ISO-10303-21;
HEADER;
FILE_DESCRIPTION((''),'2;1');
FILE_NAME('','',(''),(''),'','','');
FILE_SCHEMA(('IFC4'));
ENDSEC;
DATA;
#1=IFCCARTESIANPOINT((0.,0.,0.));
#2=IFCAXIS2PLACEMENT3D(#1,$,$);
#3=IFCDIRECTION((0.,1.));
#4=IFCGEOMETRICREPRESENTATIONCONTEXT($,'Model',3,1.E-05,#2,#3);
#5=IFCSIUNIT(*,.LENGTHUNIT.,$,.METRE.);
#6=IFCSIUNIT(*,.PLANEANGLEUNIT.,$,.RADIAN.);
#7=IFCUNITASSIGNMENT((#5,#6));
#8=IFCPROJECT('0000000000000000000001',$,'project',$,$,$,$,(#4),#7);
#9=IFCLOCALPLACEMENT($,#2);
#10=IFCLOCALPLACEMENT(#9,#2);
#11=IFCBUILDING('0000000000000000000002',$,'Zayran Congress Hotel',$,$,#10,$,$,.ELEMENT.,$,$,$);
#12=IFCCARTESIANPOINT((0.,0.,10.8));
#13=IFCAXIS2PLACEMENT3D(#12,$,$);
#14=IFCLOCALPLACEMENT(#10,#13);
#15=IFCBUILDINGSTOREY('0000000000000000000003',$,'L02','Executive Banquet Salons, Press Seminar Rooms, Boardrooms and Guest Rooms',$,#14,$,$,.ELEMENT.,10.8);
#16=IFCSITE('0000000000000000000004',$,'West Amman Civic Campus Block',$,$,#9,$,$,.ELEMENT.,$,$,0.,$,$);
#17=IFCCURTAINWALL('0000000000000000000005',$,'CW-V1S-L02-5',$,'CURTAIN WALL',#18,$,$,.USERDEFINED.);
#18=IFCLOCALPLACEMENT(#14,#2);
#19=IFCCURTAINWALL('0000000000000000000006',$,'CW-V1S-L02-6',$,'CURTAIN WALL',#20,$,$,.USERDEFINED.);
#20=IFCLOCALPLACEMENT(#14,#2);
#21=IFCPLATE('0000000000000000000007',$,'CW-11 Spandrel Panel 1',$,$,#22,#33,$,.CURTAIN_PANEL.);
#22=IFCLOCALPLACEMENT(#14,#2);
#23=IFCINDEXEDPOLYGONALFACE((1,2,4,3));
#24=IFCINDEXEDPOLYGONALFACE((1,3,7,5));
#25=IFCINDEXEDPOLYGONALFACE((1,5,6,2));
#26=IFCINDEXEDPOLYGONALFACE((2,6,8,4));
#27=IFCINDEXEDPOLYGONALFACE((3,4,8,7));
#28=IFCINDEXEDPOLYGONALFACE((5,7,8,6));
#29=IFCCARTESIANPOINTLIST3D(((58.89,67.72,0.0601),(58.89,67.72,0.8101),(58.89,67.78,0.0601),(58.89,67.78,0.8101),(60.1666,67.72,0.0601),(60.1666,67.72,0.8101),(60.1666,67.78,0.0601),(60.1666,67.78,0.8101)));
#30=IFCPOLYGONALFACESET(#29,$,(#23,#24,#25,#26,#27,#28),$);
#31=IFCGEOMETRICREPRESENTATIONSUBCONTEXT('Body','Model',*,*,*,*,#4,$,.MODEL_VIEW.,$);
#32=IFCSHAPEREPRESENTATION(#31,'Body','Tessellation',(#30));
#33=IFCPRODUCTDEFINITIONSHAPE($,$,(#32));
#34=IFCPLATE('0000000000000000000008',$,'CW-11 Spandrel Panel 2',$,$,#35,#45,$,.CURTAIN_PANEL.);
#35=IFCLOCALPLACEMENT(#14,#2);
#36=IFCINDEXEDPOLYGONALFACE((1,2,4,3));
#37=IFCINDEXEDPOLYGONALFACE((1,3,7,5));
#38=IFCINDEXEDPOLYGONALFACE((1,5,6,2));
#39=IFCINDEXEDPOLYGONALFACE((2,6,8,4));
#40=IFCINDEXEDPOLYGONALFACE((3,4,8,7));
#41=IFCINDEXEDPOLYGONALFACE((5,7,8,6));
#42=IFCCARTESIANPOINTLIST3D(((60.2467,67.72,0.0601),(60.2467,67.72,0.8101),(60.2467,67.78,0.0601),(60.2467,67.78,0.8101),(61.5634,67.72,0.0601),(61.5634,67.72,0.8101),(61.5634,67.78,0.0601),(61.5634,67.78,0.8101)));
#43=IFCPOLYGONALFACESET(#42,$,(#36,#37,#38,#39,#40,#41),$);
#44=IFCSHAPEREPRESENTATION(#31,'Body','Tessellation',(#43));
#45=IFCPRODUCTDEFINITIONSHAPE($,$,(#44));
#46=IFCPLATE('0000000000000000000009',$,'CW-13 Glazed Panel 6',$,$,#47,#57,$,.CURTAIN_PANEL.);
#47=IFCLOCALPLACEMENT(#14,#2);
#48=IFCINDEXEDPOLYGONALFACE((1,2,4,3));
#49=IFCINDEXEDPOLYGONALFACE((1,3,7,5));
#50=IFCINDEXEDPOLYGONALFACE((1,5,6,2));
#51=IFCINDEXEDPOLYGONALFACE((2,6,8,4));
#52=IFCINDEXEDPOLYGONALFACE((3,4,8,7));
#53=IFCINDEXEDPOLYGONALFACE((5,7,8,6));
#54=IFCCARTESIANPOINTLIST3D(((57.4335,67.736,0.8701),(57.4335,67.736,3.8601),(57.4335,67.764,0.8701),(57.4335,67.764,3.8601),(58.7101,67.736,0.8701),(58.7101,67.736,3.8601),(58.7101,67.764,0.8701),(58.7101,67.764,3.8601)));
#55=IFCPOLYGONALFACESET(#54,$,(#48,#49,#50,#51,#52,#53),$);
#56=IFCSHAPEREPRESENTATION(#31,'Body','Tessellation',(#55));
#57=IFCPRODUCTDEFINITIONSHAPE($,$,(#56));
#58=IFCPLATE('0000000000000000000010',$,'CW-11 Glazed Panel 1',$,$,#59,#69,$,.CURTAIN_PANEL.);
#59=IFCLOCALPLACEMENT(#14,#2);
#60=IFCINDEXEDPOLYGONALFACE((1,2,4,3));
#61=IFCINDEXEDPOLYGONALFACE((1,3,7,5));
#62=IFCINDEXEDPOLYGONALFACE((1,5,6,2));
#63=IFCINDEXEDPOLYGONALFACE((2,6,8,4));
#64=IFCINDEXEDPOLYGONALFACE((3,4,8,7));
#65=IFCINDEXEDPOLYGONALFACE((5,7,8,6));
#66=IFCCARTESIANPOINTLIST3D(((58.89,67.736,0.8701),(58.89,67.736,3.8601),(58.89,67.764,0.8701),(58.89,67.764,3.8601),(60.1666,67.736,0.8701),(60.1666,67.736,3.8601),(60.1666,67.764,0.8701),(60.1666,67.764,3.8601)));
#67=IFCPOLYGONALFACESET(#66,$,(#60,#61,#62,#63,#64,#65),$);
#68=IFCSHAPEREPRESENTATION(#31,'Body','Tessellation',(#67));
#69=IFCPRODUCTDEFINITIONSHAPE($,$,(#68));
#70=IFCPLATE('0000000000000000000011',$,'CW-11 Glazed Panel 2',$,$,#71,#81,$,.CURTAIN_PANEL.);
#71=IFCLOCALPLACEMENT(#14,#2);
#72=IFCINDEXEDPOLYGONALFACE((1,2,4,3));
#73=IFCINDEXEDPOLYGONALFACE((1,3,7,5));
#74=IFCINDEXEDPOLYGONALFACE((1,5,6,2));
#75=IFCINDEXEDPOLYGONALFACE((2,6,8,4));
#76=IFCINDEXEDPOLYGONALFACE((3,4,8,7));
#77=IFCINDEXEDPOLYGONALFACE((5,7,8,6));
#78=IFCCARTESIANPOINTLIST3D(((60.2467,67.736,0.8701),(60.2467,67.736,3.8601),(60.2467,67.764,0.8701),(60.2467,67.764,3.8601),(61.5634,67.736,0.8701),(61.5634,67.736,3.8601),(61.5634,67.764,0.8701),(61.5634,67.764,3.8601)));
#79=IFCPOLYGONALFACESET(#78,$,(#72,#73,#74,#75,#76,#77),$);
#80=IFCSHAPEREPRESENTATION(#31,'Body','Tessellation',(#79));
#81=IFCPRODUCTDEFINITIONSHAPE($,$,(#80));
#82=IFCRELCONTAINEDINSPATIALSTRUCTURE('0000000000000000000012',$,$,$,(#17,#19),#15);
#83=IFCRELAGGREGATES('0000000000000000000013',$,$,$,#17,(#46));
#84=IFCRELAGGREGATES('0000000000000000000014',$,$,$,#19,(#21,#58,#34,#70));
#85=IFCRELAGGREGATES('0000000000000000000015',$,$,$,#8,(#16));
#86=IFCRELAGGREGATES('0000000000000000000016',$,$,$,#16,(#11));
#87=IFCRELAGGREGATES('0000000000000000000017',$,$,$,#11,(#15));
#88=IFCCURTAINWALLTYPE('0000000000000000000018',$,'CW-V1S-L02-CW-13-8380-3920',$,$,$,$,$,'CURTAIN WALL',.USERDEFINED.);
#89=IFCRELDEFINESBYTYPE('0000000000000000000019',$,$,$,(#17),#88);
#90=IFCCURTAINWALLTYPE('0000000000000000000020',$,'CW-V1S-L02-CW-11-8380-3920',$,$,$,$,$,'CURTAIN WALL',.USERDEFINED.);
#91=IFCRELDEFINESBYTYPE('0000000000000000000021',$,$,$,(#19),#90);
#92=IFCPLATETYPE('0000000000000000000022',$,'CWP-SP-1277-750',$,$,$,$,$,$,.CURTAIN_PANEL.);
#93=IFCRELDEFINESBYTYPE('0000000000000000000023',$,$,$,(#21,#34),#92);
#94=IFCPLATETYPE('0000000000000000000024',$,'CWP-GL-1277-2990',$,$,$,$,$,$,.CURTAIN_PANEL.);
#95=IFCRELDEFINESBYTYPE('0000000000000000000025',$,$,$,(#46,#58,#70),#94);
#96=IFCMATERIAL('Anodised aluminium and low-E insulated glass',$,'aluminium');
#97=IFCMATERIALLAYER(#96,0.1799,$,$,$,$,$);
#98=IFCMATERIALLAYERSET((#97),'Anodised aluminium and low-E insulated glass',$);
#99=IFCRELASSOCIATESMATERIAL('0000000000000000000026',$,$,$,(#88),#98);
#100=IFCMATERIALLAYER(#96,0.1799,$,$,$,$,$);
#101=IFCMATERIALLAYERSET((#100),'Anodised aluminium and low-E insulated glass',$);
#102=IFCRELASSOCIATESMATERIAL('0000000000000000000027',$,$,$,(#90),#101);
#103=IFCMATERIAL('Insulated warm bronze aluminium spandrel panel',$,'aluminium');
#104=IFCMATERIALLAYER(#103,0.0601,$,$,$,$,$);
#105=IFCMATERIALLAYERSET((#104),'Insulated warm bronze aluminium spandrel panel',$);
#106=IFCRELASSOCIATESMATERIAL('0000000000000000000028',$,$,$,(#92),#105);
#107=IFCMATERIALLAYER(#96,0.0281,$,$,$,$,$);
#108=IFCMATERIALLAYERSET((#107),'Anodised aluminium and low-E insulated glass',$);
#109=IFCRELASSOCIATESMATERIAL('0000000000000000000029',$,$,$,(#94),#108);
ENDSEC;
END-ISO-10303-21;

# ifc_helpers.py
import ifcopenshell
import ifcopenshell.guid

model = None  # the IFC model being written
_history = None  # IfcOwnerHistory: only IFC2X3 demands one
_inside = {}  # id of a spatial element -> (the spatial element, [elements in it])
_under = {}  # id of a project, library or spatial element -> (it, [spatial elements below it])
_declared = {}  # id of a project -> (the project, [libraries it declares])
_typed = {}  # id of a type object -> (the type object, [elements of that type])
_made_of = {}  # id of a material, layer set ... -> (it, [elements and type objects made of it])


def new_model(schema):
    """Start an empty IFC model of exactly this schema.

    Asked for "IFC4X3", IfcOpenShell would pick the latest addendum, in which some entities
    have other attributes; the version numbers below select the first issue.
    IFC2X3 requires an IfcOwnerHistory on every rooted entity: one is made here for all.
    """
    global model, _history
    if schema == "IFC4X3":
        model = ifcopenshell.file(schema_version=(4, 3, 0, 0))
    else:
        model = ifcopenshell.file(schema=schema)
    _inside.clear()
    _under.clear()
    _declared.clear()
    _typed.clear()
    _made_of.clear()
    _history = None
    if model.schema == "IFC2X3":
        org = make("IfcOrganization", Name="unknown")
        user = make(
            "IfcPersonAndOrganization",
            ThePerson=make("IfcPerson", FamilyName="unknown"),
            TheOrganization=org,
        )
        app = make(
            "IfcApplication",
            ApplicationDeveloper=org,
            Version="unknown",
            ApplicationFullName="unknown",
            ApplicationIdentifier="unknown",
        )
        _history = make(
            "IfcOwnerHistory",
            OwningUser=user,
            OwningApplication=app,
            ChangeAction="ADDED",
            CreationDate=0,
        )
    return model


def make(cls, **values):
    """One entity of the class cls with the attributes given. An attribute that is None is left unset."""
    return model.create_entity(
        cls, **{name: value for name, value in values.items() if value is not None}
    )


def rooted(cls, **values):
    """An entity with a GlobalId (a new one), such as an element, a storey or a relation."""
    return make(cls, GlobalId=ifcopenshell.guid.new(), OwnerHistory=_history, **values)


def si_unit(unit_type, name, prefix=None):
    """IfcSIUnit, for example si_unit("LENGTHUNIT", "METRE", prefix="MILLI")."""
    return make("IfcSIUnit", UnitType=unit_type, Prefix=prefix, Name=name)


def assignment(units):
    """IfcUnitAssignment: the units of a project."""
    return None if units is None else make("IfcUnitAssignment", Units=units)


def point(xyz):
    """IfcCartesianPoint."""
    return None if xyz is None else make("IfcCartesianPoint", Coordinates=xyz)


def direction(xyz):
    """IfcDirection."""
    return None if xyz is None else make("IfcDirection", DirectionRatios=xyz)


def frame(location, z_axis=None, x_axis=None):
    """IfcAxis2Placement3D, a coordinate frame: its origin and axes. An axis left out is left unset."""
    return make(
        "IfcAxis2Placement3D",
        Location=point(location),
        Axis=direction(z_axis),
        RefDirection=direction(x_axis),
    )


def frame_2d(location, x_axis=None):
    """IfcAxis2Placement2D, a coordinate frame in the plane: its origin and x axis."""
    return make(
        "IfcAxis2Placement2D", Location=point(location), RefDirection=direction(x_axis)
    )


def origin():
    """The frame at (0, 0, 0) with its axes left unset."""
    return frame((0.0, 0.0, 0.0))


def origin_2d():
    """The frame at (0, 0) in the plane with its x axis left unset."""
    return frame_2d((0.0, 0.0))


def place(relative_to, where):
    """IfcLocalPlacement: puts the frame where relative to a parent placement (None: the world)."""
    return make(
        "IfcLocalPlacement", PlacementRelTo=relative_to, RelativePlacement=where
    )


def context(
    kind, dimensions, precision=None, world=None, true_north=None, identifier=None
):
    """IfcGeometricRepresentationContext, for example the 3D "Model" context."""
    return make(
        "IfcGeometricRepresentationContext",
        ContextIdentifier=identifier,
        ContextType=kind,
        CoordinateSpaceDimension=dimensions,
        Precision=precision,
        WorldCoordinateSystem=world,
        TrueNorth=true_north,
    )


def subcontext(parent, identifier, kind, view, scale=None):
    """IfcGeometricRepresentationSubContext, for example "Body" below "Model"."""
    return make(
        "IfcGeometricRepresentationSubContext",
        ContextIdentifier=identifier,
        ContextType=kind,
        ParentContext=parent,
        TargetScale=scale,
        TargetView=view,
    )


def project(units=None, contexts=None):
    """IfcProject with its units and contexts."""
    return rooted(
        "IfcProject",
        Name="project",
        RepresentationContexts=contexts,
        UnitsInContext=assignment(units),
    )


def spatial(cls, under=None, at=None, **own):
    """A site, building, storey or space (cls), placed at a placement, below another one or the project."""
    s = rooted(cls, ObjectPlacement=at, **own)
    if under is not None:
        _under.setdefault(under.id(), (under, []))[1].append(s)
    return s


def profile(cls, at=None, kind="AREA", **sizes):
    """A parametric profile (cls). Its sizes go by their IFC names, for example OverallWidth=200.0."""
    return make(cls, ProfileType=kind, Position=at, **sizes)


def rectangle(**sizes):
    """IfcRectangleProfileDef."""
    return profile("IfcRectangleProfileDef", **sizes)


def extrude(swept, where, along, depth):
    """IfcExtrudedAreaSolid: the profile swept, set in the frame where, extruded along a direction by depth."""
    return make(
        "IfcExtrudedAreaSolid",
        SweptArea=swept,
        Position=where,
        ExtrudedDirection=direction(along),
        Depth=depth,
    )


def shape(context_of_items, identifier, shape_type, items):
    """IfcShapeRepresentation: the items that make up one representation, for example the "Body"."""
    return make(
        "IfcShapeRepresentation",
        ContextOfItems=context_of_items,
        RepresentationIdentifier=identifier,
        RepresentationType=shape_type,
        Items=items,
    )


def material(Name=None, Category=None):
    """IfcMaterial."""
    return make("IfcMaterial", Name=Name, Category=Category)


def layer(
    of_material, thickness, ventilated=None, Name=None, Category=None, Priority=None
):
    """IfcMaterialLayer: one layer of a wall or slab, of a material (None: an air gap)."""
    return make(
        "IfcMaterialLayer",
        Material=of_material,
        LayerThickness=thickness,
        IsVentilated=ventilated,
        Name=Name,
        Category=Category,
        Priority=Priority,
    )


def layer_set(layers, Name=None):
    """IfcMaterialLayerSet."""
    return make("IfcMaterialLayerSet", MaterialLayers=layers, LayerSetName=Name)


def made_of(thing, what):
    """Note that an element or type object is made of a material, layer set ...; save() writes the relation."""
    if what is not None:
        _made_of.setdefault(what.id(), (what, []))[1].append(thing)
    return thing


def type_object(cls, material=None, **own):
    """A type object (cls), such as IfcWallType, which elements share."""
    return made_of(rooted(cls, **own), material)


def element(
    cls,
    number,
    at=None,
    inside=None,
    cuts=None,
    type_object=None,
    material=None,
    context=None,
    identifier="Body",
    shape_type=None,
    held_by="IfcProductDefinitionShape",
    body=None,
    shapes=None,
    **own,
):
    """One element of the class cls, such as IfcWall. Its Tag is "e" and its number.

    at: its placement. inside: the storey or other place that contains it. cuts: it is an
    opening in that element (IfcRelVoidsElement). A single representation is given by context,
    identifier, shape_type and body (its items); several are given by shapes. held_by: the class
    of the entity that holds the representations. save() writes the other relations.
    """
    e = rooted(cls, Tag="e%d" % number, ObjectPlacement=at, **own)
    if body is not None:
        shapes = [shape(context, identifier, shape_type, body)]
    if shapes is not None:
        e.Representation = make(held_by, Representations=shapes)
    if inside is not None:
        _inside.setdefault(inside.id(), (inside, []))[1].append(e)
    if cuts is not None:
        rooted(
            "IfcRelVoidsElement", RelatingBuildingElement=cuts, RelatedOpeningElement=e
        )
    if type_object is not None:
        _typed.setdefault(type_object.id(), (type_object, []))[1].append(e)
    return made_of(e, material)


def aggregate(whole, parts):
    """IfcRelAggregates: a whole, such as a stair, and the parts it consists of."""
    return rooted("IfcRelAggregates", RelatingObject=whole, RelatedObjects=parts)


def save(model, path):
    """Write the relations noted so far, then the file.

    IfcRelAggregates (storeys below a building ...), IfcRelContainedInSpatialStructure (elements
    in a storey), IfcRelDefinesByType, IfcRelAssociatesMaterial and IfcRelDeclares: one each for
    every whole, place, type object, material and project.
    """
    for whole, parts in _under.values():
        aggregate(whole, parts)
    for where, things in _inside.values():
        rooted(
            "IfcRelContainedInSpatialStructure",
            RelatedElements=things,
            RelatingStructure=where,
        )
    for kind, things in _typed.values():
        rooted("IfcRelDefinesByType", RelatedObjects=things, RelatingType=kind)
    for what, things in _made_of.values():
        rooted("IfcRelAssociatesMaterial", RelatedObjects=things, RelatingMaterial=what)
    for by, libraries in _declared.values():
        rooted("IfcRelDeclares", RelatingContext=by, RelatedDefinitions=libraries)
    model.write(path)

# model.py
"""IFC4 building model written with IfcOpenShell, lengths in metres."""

from ifc_helpers import new_model, si_unit, direction, frame, origin, origin_2d, place, context, subcontext, project, spatial, rectangle, extrude, material, layer, layer_set, type_object, element, aggregate, save


model = new_model("IFC4")

# Units and contexts
model_context = context("Model", 3, precision=1e-05, world=origin(), true_north=direction((0.0, 1.0)))
body_context = subcontext(model_context, "Body", "Model", "MODEL_VIEW")
ifc_project = project(units=[si_unit("LENGTHUNIT", "METRE"), si_unit("PLANEANGLEUNIT", "RADIAN")], contexts=[model_context])

# Site, building, storey
site_placement = place(None, origin())
site = spatial("IfcSite", under=ifc_project, at=site_placement, Name="West Amman Civic Campus Block", CompositionType="ELEMENT", RefElevation=0.0)
building_placement = place(site_placement, origin())
building = spatial("IfcBuilding", under=site, at=building_placement, Name="Zayran Congress Hotel", CompositionType="ELEMENT")
storey_placement = place(building_placement, frame((0.0, 0.0, 10.8)))
storey = spatial("IfcBuildingStorey", under=building, at=storey_placement, Name="L02", Description="Executive Banquet Salons, Press Seminar Rooms, Boardrooms and Guest Rooms", CompositionType="ELEMENT", Elevation=10.8)

# Curtain walls
ifc_material_1 = material(Name="Anodised aluminium and low-E insulated glass", Category="aluminium")
ifc_layer_1 = layer(ifc_material_1, 0.1799)
ifc_layer_set_1 = layer_set([ifc_layer_1], Name="Anodised aluminium and low-E insulated glass")
curtain_wall_type_1 = type_object("IfcCurtainWallType", Name="CW-V1S-L02-CW-13-8380-3920", ElementType="CURTAIN WALL", PredefinedType="USERDEFINED", material=ifc_layer_set_1)
curtain_wall_1_placement = place(storey_placement, origin())
curtain_wall_1 = element("IfcCurtainWall", 1, at=curtain_wall_1_placement, inside=storey, type_object=curtain_wall_type_1, Name="CW-V1S-L02-5", ObjectType="CURTAIN WALL", PredefinedType="USERDEFINED")
ifc_layer_2 = layer(ifc_material_1, 0.1799)
ifc_layer_set_2 = layer_set([ifc_layer_2], Name="Anodised aluminium and low-E insulated glass")
curtain_wall_type_2 = type_object("IfcCurtainWallType", Name="CW-V1S-L02-CW-11-8380-3920", ElementType="CURTAIN WALL", PredefinedType="USERDEFINED", material=ifc_layer_set_2)
curtain_wall_2_placement = place(storey_placement, origin())
curtain_wall_2 = element("IfcCurtainWall", 2, at=curtain_wall_2_placement, inside=storey, type_object=curtain_wall_type_2, Name="CW-V1S-L02-6", ObjectType="CURTAIN WALL", PredefinedType="USERDEFINED")

# Plates
ifc_material_2 = material(Name="Insulated warm bronze aluminium spandrel panel", Category="aluminium")
ifc_layer_3 = layer(ifc_material_2, 0.0601)
ifc_layer_set_3 = layer_set([ifc_layer_3], Name="Insulated warm bronze aluminium spandrel panel")
plate_type_1 = type_object("IfcPlateType", Name="CWP-SP-1277-750", PredefinedType="CURTAIN_PANEL", material=ifc_layer_set_3)
plate_1_placement = place(storey_placement, frame((59.5283, 67.75, 0.0601), z_axis=(0.0, 0.0, 1.0), x_axis=(1.0, 0.0, 0.0)))
plate_1 = element("IfcPlate", 3, at=plate_1_placement, type_object=plate_type_1, Name="CW-11 Spandrel Panel 1", PredefinedType="CURTAIN_PANEL", context=body_context, shape_type="SweptSolid", body=[
    extrude(rectangle(XDim=1.2766, YDim=0.0601, at=origin_2d()), origin(), (0.0, 0.0, 1.0), 0.75),
])
plate_2_placement = place(storey_placement, frame((60.905, 67.75, 0.0601), z_axis=(0.0, 0.0, 1.0), x_axis=(1.0, 0.0, 0.0)))
plate_2 = element("IfcPlate", 4, at=plate_2_placement, type_object=plate_type_1, Name="CW-11 Spandrel Panel 2", PredefinedType="CURTAIN_PANEL", context=body_context, shape_type="SweptSolid", body=[
    extrude(rectangle(XDim=1.3167, YDim=0.0601, at=origin_2d()), origin(), (0.0, 0.0, 1.0), 0.75),
])
ifc_layer_4 = layer(ifc_material_1, 0.0281)
ifc_layer_set_4 = layer_set([ifc_layer_4], Name="Anodised aluminium and low-E insulated glass")
plate_type_2 = type_object("IfcPlateType", Name="CWP-GL-1277-2990", PredefinedType="CURTAIN_PANEL", material=ifc_layer_set_4)
plate_3_placement = place(storey_placement, frame((58.0718, 67.75, 0.8701), z_axis=(0.0, 0.0, 1.0), x_axis=(1.0, 0.0, 0.0)))
plate_3 = element("IfcPlate", 5, at=plate_3_placement, type_object=plate_type_2, Name="CW-13 Glazed Panel 6", PredefinedType="CURTAIN_PANEL", context=body_context, shape_type="SweptSolid", body=[
    extrude(rectangle(XDim=1.2766, YDim=0.0281, at=origin_2d()), origin(), (0.0, 0.0, 1.0), 2.99),
])
aggregate(curtain_wall_1, [plate_3])
plate_4_placement = place(storey_placement, frame((59.5283, 67.75, 0.8701), z_axis=(0.0, 0.0, 1.0), x_axis=(1.0, 0.0, 0.0)))
plate_4 = element("IfcPlate", 6, at=plate_4_placement, type_object=plate_type_2, Name="CW-11 Glazed Panel 1", PredefinedType="CURTAIN_PANEL", context=body_context, shape_type="SweptSolid", body=[
    extrude(rectangle(XDim=1.2766, YDim=0.0281, at=origin_2d()), origin(), (0.0, 0.0, 1.0), 2.99),
])
plate_5_placement = place(storey_placement, frame((60.905, 67.75, 0.8701), z_axis=(0.0, 0.0, 1.0), x_axis=(1.0, 0.0, 0.0)))
plate_5 = element("IfcPlate", 7, at=plate_5_placement, type_object=plate_type_2, Name="CW-11 Glazed Panel 2", PredefinedType="CURTAIN_PANEL", context=body_context, shape_type="SweptSolid", body=[
    extrude(rectangle(XDim=1.3167, YDim=0.0281, at=origin_2d()), origin(), (0.0, 0.0, 1.0), 2.99),
])
aggregate(curtain_wall_2, [plate_1, plate_4, plate_2, plate_5])

save(model, "model.ifc")
